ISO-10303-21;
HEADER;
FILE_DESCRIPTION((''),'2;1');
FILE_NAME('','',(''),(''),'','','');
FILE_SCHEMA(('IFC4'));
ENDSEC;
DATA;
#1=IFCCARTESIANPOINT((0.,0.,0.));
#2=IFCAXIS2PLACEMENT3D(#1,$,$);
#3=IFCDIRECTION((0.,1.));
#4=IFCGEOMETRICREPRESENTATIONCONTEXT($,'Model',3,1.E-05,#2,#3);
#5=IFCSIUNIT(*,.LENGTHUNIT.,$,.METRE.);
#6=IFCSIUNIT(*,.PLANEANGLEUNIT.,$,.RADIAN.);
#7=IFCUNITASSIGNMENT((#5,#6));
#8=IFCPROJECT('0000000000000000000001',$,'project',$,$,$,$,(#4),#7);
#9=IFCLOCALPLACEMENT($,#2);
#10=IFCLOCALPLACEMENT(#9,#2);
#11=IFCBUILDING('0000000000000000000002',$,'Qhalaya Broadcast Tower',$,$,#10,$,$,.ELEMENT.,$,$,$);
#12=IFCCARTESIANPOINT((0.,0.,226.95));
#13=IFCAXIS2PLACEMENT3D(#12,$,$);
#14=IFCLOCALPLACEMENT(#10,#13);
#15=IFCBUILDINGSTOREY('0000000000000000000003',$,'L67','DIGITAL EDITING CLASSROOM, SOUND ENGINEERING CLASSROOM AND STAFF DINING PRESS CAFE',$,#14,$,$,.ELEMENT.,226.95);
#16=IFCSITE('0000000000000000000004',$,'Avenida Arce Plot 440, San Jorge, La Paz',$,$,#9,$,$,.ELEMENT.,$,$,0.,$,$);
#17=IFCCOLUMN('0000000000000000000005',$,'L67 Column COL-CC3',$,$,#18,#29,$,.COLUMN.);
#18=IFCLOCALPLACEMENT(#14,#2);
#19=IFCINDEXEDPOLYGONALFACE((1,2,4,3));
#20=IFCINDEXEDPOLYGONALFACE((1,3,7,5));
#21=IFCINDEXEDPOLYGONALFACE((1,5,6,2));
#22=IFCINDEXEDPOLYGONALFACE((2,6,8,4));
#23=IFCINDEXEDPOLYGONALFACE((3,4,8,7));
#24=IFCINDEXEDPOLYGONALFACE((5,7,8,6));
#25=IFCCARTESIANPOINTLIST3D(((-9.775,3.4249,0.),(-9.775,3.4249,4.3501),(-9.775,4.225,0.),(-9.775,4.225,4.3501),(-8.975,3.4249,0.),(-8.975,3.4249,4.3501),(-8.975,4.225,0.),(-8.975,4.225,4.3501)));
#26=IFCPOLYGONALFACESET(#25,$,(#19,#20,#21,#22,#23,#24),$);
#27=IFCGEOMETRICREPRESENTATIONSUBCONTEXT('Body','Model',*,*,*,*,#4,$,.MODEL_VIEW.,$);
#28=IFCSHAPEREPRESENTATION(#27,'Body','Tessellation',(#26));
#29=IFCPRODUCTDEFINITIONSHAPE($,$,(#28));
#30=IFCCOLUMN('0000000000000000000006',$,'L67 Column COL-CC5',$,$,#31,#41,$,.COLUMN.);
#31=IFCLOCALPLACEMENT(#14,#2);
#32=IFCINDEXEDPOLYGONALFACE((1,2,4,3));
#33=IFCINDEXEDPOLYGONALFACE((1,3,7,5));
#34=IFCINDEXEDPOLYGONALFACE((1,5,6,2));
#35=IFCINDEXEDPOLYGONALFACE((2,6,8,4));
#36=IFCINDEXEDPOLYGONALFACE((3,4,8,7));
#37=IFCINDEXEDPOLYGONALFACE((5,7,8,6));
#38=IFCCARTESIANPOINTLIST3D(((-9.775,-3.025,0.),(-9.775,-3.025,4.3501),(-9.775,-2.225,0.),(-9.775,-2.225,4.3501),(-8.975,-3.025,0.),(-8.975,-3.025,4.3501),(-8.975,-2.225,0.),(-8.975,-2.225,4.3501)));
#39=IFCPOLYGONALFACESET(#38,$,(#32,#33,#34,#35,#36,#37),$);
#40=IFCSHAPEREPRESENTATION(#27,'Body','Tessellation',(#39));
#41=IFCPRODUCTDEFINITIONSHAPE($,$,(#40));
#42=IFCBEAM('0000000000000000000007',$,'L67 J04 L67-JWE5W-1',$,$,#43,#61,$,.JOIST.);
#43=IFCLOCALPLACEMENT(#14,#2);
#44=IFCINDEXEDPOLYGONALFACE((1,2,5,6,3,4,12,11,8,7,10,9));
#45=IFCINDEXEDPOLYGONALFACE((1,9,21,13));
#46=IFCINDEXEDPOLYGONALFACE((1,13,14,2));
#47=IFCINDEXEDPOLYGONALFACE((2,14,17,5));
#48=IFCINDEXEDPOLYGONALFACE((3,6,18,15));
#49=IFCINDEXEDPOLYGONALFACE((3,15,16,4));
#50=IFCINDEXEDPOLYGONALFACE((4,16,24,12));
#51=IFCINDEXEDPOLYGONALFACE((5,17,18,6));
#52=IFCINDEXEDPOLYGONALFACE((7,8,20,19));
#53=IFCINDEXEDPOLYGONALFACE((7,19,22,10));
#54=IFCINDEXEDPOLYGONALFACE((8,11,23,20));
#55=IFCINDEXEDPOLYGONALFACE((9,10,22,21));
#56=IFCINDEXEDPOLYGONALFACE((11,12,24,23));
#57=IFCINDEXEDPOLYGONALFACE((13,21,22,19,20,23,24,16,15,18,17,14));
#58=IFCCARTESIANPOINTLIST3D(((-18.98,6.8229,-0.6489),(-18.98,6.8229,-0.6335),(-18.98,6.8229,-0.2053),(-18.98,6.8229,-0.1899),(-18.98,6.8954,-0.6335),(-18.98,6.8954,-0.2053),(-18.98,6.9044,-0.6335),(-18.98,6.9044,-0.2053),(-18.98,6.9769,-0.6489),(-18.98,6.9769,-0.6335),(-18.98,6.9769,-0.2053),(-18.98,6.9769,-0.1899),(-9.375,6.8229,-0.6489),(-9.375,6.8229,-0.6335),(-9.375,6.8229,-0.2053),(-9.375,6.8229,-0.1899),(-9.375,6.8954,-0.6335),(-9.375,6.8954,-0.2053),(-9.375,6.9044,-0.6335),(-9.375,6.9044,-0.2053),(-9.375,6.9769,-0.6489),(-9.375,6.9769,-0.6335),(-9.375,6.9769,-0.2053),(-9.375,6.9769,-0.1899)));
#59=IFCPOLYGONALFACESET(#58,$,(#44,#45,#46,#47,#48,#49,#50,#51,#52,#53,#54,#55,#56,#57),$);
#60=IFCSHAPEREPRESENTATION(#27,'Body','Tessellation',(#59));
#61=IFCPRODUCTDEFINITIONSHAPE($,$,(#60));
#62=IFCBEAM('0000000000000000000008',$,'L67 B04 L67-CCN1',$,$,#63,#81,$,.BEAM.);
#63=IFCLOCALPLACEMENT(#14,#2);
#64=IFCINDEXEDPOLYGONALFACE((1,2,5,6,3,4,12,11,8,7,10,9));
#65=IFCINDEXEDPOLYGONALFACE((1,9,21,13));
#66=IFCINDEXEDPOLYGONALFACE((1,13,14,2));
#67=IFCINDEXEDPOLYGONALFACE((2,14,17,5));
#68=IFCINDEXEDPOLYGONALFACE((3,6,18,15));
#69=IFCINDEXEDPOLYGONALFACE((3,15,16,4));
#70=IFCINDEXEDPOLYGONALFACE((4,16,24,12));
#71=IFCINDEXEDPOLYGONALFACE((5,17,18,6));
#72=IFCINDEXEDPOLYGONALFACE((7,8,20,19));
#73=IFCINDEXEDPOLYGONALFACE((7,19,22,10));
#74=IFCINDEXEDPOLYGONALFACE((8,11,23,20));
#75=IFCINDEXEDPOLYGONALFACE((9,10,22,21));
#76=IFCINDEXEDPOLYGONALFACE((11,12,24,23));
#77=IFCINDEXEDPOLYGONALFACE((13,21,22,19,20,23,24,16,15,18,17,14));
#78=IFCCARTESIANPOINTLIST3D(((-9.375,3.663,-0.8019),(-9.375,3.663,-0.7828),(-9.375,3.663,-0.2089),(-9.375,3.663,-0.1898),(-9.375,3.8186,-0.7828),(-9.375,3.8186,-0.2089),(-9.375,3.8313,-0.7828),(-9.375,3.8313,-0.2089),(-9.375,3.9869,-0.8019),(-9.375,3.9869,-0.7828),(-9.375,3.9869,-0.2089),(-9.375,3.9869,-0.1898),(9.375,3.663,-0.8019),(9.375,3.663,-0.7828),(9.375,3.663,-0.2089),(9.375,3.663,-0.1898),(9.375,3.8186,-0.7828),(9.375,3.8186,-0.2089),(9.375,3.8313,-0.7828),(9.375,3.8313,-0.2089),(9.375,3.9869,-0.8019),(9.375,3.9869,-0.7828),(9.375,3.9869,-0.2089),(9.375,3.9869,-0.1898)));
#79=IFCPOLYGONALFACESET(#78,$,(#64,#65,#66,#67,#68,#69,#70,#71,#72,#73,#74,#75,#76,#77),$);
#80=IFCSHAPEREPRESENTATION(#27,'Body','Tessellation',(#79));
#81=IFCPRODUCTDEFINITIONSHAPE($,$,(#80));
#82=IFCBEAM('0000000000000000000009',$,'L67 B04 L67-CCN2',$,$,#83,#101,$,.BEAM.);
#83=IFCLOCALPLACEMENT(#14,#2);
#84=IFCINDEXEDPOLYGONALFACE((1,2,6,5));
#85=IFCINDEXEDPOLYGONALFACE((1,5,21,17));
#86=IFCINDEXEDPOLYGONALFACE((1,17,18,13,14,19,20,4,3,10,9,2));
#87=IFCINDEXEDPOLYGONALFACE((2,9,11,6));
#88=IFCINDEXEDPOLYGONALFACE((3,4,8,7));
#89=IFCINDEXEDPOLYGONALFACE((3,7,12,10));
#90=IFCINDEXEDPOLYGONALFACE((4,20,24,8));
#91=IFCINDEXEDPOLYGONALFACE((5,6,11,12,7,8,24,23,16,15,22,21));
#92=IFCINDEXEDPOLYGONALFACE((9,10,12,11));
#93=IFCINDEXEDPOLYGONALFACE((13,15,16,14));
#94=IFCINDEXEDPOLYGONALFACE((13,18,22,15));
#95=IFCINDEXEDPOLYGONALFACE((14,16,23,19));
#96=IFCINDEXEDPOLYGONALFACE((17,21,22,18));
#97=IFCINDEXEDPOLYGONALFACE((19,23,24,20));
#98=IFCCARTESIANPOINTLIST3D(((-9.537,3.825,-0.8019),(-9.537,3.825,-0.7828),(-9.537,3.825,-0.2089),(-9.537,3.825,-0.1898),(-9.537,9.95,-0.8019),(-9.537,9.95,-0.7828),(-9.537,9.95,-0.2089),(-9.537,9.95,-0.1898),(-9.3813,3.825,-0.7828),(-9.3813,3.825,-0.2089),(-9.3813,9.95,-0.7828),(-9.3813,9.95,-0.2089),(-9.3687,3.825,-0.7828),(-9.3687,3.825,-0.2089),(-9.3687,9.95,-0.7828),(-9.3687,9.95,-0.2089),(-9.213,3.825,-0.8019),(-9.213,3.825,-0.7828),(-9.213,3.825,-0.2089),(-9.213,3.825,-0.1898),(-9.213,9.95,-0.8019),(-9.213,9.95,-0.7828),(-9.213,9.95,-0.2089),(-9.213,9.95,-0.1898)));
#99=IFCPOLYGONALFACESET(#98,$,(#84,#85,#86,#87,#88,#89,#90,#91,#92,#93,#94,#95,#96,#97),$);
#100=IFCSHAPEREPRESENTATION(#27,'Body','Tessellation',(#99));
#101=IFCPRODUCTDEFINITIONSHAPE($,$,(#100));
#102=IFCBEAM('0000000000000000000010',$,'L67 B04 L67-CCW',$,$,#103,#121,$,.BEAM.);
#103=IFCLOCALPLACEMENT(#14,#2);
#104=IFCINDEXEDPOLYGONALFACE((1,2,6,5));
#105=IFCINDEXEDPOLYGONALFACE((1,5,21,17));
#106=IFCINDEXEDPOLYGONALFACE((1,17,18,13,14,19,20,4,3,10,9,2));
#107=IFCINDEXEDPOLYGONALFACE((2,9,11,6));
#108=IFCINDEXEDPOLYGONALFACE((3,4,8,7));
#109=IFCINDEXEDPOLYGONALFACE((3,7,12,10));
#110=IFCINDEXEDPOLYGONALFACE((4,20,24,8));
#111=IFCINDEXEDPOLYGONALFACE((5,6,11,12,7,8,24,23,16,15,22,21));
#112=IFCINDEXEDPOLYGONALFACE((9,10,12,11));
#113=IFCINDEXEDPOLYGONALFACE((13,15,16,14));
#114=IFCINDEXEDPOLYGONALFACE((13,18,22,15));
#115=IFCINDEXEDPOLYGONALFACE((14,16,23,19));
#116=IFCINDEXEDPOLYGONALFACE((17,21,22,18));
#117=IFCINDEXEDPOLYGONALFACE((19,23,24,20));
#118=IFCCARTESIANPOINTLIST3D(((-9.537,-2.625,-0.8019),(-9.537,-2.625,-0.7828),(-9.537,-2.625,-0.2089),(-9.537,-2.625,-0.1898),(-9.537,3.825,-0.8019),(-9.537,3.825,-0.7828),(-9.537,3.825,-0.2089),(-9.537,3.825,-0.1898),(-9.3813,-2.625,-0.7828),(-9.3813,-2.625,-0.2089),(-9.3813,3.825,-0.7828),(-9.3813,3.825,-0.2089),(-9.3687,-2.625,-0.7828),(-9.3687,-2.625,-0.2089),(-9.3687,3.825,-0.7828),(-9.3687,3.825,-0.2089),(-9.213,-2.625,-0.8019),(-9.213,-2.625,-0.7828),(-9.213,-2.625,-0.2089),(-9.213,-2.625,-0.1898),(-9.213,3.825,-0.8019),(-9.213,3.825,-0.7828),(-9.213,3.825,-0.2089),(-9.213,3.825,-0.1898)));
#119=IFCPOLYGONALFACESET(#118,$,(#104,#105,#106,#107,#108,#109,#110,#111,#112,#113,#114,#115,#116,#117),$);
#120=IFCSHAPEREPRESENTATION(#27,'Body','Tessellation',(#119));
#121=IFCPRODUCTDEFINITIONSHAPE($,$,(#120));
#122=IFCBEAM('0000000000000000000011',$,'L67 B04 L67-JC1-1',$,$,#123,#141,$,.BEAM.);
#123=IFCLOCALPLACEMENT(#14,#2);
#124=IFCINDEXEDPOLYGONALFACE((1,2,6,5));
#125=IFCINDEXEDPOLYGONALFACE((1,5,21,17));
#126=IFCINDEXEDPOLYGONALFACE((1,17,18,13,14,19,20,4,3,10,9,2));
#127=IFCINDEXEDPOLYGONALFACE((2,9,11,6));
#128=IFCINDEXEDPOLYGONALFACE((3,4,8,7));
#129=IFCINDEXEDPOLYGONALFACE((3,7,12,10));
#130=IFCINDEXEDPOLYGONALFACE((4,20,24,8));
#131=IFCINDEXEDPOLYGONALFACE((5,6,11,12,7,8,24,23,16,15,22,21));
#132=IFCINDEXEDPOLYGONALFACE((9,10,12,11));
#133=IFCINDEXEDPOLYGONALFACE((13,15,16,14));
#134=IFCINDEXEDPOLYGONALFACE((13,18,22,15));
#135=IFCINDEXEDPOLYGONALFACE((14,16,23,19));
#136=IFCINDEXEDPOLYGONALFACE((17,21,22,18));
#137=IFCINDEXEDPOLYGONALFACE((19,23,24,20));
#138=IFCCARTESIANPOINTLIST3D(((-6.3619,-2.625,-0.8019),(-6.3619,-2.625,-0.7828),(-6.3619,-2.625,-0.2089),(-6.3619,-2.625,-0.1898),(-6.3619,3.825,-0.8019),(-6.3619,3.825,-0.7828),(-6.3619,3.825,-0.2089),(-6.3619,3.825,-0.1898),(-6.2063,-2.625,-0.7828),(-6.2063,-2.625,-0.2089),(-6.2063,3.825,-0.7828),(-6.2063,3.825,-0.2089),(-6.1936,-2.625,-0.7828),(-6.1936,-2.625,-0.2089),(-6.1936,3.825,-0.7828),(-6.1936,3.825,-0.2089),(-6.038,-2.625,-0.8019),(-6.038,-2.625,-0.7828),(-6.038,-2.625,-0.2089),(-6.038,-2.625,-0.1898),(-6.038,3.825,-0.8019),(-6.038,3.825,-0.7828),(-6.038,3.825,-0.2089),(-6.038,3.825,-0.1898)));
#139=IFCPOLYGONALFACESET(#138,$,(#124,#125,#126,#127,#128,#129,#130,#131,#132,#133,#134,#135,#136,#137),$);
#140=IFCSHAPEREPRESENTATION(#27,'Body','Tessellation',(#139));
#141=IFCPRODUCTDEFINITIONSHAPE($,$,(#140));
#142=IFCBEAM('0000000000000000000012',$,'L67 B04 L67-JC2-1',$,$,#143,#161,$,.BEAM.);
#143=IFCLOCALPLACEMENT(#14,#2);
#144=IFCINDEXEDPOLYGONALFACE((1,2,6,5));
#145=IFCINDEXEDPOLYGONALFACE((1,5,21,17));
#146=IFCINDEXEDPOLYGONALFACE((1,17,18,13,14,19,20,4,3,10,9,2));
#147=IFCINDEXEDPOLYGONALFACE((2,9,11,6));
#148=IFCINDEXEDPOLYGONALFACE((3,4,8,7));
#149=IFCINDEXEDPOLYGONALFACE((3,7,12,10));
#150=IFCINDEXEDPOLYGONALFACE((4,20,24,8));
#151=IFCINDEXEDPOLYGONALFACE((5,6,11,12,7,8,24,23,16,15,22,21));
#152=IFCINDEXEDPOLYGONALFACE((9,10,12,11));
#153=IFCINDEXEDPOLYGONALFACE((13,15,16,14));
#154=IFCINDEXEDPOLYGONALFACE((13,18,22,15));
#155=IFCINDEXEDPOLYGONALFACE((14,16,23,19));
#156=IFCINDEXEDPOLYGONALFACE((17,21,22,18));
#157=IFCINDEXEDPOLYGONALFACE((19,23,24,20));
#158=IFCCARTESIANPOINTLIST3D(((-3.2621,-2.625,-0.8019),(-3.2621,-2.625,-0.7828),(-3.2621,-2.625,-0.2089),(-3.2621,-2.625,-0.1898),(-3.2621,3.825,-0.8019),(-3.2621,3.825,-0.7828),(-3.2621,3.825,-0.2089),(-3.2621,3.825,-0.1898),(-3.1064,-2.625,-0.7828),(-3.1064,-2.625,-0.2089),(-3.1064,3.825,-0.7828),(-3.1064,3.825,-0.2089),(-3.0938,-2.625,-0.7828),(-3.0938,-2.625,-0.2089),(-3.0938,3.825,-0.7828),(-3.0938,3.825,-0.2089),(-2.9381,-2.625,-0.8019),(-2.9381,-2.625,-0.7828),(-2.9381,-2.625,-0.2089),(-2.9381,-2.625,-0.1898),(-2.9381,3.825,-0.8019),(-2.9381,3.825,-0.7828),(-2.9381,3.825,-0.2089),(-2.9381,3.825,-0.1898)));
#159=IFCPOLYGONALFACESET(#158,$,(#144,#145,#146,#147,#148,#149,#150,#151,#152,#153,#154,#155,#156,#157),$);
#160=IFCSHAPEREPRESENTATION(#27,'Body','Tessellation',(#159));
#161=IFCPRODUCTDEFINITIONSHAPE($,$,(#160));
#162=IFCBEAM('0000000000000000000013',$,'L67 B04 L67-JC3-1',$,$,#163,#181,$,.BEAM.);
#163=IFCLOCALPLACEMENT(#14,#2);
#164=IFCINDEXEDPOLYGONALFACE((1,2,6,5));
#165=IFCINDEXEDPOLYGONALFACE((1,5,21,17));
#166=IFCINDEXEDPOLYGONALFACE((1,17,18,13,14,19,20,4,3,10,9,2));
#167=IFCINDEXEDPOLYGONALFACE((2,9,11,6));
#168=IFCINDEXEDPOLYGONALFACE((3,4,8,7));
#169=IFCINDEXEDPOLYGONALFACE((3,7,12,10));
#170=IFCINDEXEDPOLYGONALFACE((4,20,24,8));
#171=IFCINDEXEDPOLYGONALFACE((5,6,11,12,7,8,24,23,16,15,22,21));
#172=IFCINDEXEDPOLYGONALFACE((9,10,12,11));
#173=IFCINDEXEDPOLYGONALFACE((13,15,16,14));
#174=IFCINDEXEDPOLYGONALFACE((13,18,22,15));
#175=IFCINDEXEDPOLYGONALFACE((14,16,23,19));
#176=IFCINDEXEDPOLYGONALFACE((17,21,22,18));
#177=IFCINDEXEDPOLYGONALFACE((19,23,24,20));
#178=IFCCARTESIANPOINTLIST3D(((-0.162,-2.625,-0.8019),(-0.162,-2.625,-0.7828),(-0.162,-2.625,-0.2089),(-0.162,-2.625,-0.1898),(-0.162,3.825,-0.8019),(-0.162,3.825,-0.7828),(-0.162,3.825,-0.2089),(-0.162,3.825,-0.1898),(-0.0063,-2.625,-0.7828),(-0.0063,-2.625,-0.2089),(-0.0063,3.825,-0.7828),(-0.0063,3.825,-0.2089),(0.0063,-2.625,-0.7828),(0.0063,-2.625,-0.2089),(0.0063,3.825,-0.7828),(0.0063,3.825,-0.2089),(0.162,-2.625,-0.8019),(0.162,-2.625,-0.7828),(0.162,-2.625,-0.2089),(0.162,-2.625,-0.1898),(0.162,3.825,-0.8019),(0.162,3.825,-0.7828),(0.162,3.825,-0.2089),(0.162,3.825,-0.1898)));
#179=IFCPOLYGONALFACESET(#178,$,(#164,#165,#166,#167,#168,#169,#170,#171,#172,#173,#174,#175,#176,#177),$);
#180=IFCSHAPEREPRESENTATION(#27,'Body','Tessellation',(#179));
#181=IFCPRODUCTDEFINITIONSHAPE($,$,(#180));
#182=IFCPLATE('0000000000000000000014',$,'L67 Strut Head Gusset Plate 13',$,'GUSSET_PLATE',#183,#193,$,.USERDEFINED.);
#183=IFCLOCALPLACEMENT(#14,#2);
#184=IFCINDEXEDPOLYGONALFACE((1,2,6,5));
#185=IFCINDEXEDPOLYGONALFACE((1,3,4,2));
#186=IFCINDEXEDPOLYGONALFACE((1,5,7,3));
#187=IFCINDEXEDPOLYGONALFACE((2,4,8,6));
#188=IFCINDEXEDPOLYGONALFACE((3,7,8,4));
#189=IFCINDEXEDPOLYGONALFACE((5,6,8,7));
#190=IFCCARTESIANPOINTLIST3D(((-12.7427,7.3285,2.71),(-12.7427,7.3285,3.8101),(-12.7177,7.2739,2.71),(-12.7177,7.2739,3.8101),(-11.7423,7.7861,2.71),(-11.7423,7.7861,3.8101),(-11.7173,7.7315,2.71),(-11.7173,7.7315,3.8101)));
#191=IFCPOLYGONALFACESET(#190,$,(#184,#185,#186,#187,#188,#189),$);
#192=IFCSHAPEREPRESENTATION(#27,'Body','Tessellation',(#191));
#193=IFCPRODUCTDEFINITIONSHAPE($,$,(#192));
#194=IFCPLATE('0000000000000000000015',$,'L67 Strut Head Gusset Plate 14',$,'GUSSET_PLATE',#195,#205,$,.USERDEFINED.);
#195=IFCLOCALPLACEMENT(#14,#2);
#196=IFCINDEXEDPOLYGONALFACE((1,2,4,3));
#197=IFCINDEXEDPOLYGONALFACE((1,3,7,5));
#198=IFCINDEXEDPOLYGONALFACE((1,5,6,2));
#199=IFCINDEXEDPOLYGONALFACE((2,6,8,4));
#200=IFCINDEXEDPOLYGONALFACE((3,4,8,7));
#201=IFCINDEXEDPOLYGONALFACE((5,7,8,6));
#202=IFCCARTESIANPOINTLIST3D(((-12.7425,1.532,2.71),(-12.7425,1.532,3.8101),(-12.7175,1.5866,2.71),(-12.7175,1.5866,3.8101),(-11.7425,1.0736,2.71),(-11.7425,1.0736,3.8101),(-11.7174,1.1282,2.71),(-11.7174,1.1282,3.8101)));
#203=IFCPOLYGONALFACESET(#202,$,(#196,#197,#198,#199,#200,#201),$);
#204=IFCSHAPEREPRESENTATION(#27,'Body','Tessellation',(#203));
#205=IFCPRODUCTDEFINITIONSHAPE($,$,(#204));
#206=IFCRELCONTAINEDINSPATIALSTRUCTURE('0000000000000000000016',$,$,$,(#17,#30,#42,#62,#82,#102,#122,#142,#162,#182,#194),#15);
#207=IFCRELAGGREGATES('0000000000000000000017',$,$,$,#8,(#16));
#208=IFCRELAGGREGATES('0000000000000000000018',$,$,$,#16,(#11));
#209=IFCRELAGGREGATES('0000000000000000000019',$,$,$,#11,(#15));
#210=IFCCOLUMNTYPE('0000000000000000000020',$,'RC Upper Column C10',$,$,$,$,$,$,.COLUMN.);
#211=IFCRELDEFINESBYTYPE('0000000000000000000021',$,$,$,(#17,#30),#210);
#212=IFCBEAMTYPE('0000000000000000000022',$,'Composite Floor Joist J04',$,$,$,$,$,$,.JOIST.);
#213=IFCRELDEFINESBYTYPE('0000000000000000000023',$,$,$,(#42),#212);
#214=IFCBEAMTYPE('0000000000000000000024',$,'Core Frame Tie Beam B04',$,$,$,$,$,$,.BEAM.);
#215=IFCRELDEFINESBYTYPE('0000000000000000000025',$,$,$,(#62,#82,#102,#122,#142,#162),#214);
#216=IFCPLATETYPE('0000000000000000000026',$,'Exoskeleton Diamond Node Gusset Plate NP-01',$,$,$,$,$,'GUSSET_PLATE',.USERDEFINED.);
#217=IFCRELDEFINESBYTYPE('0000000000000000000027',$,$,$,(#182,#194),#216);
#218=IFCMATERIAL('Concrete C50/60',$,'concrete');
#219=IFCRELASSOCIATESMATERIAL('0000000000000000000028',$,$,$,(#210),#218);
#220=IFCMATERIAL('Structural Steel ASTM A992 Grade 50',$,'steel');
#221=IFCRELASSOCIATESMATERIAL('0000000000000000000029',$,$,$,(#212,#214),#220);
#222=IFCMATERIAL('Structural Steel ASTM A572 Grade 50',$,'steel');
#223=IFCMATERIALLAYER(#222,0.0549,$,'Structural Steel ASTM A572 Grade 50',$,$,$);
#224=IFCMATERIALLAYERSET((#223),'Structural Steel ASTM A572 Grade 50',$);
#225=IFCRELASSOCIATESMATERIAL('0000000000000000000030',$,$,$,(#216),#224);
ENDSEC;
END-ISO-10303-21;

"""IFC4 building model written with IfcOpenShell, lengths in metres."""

from ifc_helpers import new_model, si_unit, direction, frame, origin, origin_2d, place, context, subcontext, project, spatial, rectangle, i_section, extrude, material, layer, layer_set, material_profile, profile_set, type_object, element, save


model = new_model("IFC4")

# Units and contexts
model_context = context("Model", 3, precision=1e-05, world=origin(), true_north=direction((0.0, 1.0)))
body_context = subcontext(model_context, "Body", "Model", "MODEL_VIEW")
ifc_project = project(units=[si_unit("LENGTHUNIT", "METRE"), si_unit("PLANEANGLEUNIT", "RADIAN")], contexts=[model_context])

# Site, building, storey
site_placement = place(None, origin())
site = spatial("IfcSite", under=ifc_project, at=site_placement, Name="Avenida Arce Plot 440, San Jorge, La Paz", CompositionType="ELEMENT", RefElevation=0.0)
building_placement = place(site_placement, origin())
building = spatial("IfcBuilding", under=site, at=building_placement, Name="Qhalaya Broadcast Tower", CompositionType="ELEMENT")
storey_placement = place(building_placement, frame((0.0, 0.0, 226.95)))
storey = spatial("IfcBuildingStorey", under=building, at=storey_placement, Name="L67", Description="DIGITAL EDITING CLASSROOM, SOUND ENGINEERING CLASSROOM AND STAFF DINING PRESS CAFE", CompositionType="ELEMENT", Elevation=226.95)

# Columns
ifc_material_1 = material(Name="Concrete C50/60", Category="concrete")
ifc_material_profile_1 = material_profile(ifc_material_1, rectangle(XDim=0.8, YDim=0.8, at=origin_2d()), Name="RC-COL 800x800")
ifc_profile_set_1 = profile_set([ifc_material_profile_1], Name="Concrete C50/60")
column_type = type_object("IfcColumnType", Name="RC Upper Column C10", PredefinedType="COLUMN", material=ifc_profile_set_1)
for number, where, z_axis, x_axis, name in (
    (1, (-9.375, 3.825, 0.0), (0.0, 0.0, 1.0), (1.0, 0.0, 0.0), "L67 Column COL-CC3"),
    (2, (-9.375, -2.625, 0.0), (0.0, 0.0, 1.0), (1.0, 0.0, 0.0), "L67 Column COL-CC5"),
):
    element("IfcColumn", number, at=place(storey_placement, frame(where, z_axis=z_axis, x_axis=x_axis)), inside=storey, type_object=column_type, Name=name, PredefinedType="COLUMN", context=body_context, shape_type="SweptSolid", body=[
        extrude(rectangle(XDim=0.8, YDim=0.8, at=origin_2d()), origin(), (0.0, 0.0, 1.0), 4.3501),
    ])

# Beams
ifc_material_2 = material(Name="Structural Steel ASTM A992 Grade 50", Category="steel")
ifc_material_profile_2 = material_profile(ifc_material_2, i_section(OverallWidth=0.1541, OverallDepth=0.459, WebThickness=0.009, FlangeThickness=0.0154, at=origin_2d()), Name="W18X46")
ifc_profile_set_2 = profile_set([ifc_material_profile_2], Name="Structural Steel ASTM A992 Grade 50")
beam_type_1 = type_object("IfcBeamType", Name="Composite Floor Joist J04", PredefinedType="JOIST", material=ifc_profile_set_2)
beam_1_placement = place(storey_placement, frame((-18.98, 6.8999, -0.4194), z_axis=(1.0, 0.0, 0.0), x_axis=(0.0, 1.0, 0.0)))
element("IfcBeam", 3, at=beam_1_placement, inside=storey, type_object=beam_type_1, Name="L67 J04 L67-JWE5W-1", PredefinedType="JOIST", context=body_context, shape_type="SweptSolid", body=[
    extrude(i_section(OverallWidth=0.1541, OverallDepth=0.459, WebThickness=0.009, FlangeThickness=0.0154, at=origin_2d()), origin(), (0.0, 0.0, 1.0), 9.605),
])
ifc_material_profile_3 = material_profile(ifc_material_2, i_section(OverallWidth=0.324, OverallDepth=0.6121, WebThickness=0.0127, FlangeThickness=0.019, at=origin_2d()), Name="W24X104")
ifc_profile_set_3 = profile_set([ifc_material_profile_3], Name="Structural Steel ASTM A992 Grade 50")
beam_type_2 = type_object("IfcBeamType", Name="Core Frame Tie Beam B04", PredefinedType="BEAM", material=ifc_profile_set_3)
beam_2_placement = place(storey_placement, frame((-9.375, 3.825, -0.4958), z_axis=(1.0, 0.0, 0.0), x_axis=(0.0, 1.0, 0.0)))
element("IfcBeam", 4, at=beam_2_placement, inside=storey, type_object=beam_type_2, Name="L67 B04 L67-CCN1", PredefinedType="BEAM", context=body_context, shape_type="SweptSolid", body=[
    extrude(i_section(OverallWidth=0.324, OverallDepth=0.6121, WebThickness=0.0127, FlangeThickness=0.019, at=origin_2d()), origin(), (0.0, 0.0, 1.0), 18.75),
])
beam_3_placement = place(storey_placement, frame((-9.375, 3.825, -0.4958), z_axis=(0.0, 1.0, 0.0), x_axis=(-1.0, 0.0, 0.0)))
element("IfcBeam", 5, at=beam_3_placement, inside=storey, type_object=beam_type_2, Name="L67 B04 L67-CCN2", PredefinedType="BEAM", context=body_context, shape_type="SweptSolid", body=[
    extrude(i_section(OverallWidth=0.324, OverallDepth=0.6121, WebThickness=0.0127, FlangeThickness=0.019, at=origin_2d()), origin(), (0.0, 0.0, 1.0), 6.125),
])
for number, where, z_axis, x_axis, name in (
    (6, (-9.375, -2.625, -0.4958), (0.0, 1.0, 0.0), (-1.0, 0.0, 0.0), "L67 B04 L67-CCW"),
    (7, (-6.2, -2.625, -0.4958), (0.0, 1.0, 0.0), (-1.0, 0.0, 0.0), "L67 B04 L67-JC1-1"),
    (8, (-3.1001, -2.625, -0.4958), (0.0, 1.0, 0.0), (-1.0, 0.0, 0.0), "L67 B04 L67-JC2-1"),
    (9, (0.0, -2.625, -0.4958), (0.0, 1.0, 0.0), (-1.0, 0.0, 0.0), "L67 B04 L67-JC3-1"),
):
    element("IfcBeam", number, at=place(storey_placement, frame(where, z_axis=z_axis, x_axis=x_axis)), inside=storey, type_object=beam_type_2, Name=name, PredefinedType="BEAM", context=body_context, shape_type="SweptSolid", body=[
        extrude(i_section(OverallWidth=0.324, OverallDepth=0.6121, WebThickness=0.0127, FlangeThickness=0.019, at=origin_2d()), origin(), (0.0, 0.0, 1.0), 6.45),
    ])

# Plates
ifc_material_3 = material(Name="Structural Steel ASTM A572 Grade 50", Category="steel")
ifc_layer_1 = layer(ifc_material_3, 0.0549, Name="Structural Steel ASTM A572 Grade 50")
ifc_layer_set_1 = layer_set([ifc_layer_1], Name="Structural Steel ASTM A572 Grade 50")
plate_type_1 = type_object("IfcPlateType", Name="Exoskeleton Diamond Node Gusset Plate NP-01", ElementType="GUSSET_PLATE", PredefinedType="USERDEFINED", material=ifc_layer_set_1)
for number, where, z_axis, x_axis, name in (
    (10, (-12.23, 7.53, 2.71), (0.0, 0.0, 1.0), (0.909381, 0.415963, 0.0), "L67 Strut Head Gusset Plate 13"),
    (11, (-12.23, 1.3301, 2.71), (0.0, 0.0, 1.0), (0.909047, -0.416693, 0.0), "L67 Strut Head Gusset Plate 14"),
):
    element("IfcPlate", number, at=place(storey_placement, frame(where, z_axis=z_axis, x_axis=x_axis)), inside=storey, type_object=plate_type_1, Name=name, ObjectType="GUSSET_PLATE", PredefinedType="USERDEFINED", context=body_context, shape_type="SweptSolid", body=[
        extrude(rectangle(XDim=1.1001, YDim=0.0601, at=origin_2d()), origin(), (0.0, 0.0, 1.0), 1.1001),
    ])

save(model, "model.ifc")
